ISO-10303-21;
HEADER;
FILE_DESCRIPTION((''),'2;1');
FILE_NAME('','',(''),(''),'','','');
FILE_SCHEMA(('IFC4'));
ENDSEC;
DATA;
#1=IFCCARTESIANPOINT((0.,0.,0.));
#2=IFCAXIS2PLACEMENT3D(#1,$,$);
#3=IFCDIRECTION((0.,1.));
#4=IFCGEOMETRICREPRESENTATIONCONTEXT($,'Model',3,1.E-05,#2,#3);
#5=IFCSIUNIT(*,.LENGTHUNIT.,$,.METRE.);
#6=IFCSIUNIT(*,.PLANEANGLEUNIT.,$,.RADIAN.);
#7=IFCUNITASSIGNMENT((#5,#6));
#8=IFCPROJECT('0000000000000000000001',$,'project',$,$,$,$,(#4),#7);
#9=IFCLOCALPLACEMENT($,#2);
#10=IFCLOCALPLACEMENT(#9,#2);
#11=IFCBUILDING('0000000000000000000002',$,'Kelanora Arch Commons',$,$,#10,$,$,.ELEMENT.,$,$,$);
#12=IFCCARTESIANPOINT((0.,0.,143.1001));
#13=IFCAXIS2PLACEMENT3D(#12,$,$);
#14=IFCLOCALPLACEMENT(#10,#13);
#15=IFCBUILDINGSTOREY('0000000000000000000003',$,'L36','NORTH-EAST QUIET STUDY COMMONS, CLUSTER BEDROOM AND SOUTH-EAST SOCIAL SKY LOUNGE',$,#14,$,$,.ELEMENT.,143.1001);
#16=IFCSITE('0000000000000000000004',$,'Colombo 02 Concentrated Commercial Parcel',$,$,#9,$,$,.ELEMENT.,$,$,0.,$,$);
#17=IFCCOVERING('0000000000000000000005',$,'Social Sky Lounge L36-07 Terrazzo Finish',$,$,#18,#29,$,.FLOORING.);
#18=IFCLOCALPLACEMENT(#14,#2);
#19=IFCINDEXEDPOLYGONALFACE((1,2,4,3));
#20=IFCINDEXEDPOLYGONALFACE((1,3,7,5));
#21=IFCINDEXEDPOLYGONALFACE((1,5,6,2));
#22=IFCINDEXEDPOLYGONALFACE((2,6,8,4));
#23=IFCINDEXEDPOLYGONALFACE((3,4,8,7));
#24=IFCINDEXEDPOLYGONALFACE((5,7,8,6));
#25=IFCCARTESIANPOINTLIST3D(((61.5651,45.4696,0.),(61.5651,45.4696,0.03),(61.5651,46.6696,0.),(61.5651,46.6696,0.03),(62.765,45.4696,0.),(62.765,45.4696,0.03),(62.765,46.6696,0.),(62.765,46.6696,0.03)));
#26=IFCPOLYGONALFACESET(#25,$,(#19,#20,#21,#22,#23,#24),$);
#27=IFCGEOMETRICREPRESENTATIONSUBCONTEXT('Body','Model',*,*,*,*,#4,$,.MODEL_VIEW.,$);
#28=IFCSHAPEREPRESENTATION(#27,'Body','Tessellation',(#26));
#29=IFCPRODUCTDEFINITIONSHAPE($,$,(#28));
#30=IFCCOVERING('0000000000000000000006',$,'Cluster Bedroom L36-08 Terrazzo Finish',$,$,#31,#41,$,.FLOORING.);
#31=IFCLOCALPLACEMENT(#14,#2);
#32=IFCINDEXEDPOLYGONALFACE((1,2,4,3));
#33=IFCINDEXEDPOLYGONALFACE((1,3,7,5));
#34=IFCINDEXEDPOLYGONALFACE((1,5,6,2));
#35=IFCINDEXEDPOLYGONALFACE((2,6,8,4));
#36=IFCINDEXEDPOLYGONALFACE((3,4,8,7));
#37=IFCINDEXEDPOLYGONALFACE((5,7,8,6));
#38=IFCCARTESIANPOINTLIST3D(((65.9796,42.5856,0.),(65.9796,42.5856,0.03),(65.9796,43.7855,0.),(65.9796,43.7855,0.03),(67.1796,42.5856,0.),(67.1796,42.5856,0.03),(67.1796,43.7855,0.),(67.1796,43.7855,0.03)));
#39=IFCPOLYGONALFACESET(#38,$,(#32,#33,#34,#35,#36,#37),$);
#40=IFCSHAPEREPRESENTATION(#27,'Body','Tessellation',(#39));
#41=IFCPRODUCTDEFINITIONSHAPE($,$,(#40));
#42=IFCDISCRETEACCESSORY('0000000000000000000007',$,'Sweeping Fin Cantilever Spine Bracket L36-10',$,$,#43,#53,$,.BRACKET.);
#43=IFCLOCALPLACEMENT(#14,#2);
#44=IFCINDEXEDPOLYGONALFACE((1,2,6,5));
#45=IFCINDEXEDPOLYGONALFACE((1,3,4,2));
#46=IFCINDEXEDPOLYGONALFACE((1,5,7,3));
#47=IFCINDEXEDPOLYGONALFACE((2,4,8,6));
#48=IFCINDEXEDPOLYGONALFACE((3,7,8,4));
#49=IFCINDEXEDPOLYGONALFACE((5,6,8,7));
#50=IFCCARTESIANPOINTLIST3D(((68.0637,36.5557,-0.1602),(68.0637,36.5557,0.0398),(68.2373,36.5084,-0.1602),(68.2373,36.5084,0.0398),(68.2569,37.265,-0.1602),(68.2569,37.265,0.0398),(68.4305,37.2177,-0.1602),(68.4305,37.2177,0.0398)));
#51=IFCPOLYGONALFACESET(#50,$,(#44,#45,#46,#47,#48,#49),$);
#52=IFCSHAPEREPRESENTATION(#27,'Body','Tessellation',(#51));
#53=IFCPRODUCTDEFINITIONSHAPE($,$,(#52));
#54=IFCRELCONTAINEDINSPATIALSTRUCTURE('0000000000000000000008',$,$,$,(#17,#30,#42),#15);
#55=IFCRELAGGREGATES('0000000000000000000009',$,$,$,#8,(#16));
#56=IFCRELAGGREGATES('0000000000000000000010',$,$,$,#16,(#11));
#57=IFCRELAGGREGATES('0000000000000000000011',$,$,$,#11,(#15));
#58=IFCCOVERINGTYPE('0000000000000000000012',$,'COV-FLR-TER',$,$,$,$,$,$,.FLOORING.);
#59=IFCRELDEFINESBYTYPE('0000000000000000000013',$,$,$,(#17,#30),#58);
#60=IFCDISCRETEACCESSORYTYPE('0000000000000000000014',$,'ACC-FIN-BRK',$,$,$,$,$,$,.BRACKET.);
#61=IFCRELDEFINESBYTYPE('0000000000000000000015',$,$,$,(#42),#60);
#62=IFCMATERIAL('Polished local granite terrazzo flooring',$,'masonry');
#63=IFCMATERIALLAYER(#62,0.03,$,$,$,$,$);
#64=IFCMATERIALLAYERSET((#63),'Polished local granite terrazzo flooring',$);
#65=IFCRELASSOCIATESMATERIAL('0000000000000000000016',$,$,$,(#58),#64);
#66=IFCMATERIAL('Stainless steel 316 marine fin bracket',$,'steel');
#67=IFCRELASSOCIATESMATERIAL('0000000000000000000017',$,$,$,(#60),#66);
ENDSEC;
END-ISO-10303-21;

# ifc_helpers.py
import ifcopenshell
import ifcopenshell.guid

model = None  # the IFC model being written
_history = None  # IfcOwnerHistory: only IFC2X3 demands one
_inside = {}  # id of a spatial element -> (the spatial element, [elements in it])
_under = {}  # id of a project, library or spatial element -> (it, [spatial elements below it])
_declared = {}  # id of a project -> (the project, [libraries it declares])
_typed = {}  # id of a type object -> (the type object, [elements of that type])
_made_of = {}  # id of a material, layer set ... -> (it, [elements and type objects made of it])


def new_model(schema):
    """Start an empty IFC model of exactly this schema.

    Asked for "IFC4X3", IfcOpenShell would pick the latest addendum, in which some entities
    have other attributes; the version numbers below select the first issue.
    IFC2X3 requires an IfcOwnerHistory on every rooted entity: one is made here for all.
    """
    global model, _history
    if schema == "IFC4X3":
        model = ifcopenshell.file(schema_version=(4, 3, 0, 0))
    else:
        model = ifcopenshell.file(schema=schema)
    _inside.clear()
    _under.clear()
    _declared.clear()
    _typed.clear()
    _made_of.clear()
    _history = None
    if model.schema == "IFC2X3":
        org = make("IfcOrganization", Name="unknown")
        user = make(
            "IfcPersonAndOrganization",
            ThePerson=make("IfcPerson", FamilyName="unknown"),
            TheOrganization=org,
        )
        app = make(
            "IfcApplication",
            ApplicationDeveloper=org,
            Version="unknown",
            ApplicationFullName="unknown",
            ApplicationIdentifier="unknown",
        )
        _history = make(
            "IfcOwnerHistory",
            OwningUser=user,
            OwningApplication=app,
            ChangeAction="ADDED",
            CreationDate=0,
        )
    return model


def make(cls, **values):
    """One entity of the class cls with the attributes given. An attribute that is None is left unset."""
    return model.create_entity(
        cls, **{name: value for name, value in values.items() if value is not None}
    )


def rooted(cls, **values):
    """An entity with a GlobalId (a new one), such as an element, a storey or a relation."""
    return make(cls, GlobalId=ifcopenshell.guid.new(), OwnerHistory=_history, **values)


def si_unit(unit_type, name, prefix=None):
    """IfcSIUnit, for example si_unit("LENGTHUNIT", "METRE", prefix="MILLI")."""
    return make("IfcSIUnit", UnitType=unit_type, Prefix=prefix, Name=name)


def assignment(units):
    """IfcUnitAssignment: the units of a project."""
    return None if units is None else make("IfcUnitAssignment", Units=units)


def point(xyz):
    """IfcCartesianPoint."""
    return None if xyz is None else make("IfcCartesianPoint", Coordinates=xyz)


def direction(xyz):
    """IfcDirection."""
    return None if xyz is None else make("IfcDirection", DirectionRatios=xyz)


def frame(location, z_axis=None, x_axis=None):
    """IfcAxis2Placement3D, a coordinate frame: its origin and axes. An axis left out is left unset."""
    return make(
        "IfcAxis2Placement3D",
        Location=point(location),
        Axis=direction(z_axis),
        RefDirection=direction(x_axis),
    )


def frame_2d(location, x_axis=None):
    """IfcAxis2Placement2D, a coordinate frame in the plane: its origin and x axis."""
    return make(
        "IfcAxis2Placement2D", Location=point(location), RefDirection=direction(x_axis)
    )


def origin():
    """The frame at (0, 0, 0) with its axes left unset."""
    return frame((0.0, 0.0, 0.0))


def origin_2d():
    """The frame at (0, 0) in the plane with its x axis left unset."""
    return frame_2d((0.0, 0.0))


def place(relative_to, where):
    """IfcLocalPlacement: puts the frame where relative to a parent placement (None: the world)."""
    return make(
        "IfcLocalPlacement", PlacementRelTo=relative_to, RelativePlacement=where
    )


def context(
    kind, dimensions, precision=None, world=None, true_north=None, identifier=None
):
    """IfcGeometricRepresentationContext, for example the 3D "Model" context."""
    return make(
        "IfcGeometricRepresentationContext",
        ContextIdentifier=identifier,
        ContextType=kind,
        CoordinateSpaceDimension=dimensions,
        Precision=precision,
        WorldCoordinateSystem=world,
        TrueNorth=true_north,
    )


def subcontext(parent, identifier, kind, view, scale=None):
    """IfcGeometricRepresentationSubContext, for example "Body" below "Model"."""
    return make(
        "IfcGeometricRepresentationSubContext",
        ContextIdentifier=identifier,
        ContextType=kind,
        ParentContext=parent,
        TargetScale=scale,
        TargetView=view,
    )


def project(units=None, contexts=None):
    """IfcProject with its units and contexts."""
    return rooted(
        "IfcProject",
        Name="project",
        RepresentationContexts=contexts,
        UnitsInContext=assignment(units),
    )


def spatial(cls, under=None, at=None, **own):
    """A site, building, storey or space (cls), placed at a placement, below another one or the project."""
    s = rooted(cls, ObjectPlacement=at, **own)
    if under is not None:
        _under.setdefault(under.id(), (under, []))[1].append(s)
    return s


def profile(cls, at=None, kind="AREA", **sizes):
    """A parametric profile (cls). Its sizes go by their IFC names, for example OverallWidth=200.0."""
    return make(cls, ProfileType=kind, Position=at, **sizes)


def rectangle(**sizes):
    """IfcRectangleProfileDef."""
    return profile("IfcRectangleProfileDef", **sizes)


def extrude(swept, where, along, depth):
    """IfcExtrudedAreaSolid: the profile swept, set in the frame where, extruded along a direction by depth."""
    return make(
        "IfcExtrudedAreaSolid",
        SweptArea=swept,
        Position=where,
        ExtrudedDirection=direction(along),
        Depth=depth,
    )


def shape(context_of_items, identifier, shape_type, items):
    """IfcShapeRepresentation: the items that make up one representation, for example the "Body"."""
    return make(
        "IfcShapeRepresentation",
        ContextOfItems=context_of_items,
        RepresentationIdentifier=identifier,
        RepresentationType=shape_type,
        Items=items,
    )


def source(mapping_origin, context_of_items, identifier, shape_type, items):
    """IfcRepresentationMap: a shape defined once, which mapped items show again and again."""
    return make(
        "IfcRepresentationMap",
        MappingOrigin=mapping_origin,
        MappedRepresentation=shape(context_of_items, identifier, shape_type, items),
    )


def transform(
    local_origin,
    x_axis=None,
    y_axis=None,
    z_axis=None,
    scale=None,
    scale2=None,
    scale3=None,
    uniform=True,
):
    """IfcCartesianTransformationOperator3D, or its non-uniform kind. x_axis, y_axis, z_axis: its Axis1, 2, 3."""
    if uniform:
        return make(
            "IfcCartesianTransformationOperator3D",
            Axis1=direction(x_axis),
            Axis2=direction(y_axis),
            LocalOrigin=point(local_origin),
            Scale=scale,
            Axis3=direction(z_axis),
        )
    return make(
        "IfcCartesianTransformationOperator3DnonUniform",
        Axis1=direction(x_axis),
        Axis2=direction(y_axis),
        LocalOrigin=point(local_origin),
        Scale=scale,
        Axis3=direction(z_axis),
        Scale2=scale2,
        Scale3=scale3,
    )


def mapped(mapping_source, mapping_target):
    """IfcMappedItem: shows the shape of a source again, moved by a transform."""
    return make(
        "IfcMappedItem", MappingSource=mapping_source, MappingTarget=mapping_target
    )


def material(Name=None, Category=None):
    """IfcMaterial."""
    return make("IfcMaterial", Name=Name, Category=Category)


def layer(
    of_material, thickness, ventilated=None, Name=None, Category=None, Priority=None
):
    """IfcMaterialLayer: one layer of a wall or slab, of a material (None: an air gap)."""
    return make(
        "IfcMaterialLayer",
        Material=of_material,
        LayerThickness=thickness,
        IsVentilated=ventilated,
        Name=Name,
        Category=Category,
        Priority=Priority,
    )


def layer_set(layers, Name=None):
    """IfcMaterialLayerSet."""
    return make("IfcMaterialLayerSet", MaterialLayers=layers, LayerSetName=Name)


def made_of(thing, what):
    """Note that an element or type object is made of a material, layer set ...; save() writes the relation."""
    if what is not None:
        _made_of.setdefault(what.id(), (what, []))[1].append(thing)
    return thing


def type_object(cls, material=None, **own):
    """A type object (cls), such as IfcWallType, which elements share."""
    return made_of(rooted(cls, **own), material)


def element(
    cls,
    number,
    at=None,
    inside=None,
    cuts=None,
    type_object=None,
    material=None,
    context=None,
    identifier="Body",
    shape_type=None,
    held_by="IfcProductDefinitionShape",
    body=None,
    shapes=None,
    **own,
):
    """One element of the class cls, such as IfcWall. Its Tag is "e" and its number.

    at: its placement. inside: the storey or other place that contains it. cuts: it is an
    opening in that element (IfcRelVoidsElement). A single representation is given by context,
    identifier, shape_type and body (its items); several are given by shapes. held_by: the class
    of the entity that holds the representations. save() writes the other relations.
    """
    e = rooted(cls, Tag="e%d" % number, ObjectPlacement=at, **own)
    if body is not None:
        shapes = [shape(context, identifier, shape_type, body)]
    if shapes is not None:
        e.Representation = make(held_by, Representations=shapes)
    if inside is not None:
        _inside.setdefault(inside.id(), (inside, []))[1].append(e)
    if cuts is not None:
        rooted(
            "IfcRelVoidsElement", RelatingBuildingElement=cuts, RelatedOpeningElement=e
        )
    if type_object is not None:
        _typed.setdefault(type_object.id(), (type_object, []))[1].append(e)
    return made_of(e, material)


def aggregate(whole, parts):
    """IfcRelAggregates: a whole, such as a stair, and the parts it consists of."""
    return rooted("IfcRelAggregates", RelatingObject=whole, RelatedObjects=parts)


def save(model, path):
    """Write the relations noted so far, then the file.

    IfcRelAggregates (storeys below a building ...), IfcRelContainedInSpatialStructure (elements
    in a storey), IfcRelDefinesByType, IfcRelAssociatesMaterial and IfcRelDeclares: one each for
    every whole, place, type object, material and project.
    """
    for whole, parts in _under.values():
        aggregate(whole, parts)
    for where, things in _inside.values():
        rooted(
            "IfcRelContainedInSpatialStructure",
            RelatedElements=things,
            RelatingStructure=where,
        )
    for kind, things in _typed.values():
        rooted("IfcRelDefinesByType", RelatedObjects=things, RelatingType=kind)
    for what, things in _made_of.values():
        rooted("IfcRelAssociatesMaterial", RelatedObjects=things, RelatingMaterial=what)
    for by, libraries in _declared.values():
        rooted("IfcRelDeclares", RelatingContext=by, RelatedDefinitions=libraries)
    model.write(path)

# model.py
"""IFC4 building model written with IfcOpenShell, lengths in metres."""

from ifc_helpers import new_model, si_unit, direction, frame, origin, origin_2d, place, context, subcontext, project, spatial, rectangle, extrude, source, transform, mapped, material, layer, layer_set, type_object, element, save


model = new_model("IFC4")

# Units and contexts
model_context = context("Model", 3, precision=1e-05, world=origin(), true_north=direction((0.0, 1.0)))
body_context = subcontext(model_context, "Body", "Model", "MODEL_VIEW")
ifc_project = project(units=[si_unit("LENGTHUNIT", "METRE"), si_unit("PLANEANGLEUNIT", "RADIAN")], contexts=[model_context])

# Site, building, storey
site_placement = place(None, origin())
site = spatial("IfcSite", under=ifc_project, at=site_placement, Name="Colombo 02 Concentrated Commercial Parcel", CompositionType="ELEMENT", RefElevation=0.0)
building_placement = place(site_placement, origin())
building = spatial("IfcBuilding", under=site, at=building_placement, Name="Kelanora Arch Commons", CompositionType="ELEMENT")
storey_placement = place(building_placement, frame((0.0, 0.0, 143.1001)))
storey = spatial("IfcBuildingStorey", under=building, at=storey_placement, Name="L36", Description="NORTH-EAST QUIET STUDY COMMONS, CLUSTER BEDROOM AND SOUTH-EAST SOCIAL SKY LOUNGE", CompositionType="ELEMENT", Elevation=143.1001)

# Coverings
ifc_material_1 = material(Name="Polished local granite terrazzo flooring", Category="masonry")
ifc_layer_1 = layer(ifc_material_1, 0.03)
ifc_layer_set_1 = layer_set([ifc_layer_1], Name="Polished local granite terrazzo flooring")
covering_type = type_object("IfcCoveringType", Name="COV-FLR-TER", PredefinedType="FLOORING", material=ifc_layer_set_1)
shared_shape_1 = source(origin(), body_context, "Body", "SweptSolid", [
    extrude(rectangle(XDim=1.2, YDim=1.2, at=origin_2d()), origin(), (0.0, 0.0, 1.0), 0.03),
])
for number, where, z_axis, x_axis, name in (
    (1, (62.165, 46.0696, 0.0), (0.0, 0.0, 1.0), (1.0, 0.0, 0.0), "Social Sky Lounge L36-07 Terrazzo Finish"),
    (2, (66.5796, 43.1855, 0.0), (0.0, 0.0, 1.0), (1.0, 0.0, 0.0), "Cluster Bedroom L36-08 Terrazzo Finish"),
):
    element("IfcCovering", number, at=place(storey_placement, frame(where, z_axis=z_axis, x_axis=x_axis)), inside=storey, type_object=covering_type, Name=name, PredefinedType="FLOORING", context=body_context, shape_type="MappedRepresentation", body=[
        mapped(shared_shape_1, transform((0.0, 0.0, 0.0), scale=1.0)),
    ])

# Discrete accessory
ifc_material_2 = material(Name="Stainless steel 316 marine fin bracket", Category="steel")
discrete_accessory_type = type_object("IfcDiscreteAccessoryType", Name="ACC-FIN-BRK", PredefinedType="BRACKET", material=ifc_material_2)
shared_shape_2 = source(origin(), body_context, "Body", "SweptSolid", [
    extrude(rectangle(XDim=0.7351, YDim=0.1799, at=origin_2d()), origin(), (0.0, 0.0, 1.0), 0.2),
])
discrete_accessory_placement = place(storey_placement, frame((68.2471, 36.8867, -0.1602), z_axis=(0.0, 0.0, 1.0), x_axis=(-0.262863, -0.964833, 0.0)))
element("IfcDiscreteAccessory", 3, at=discrete_accessory_placement, inside=storey, type_object=discrete_accessory_type, Name="Sweeping Fin Cantilever Spine Bracket L36-10", PredefinedType="BRACKET", context=body_context, shape_type="MappedRepresentation", body=[
    mapped(shared_shape_2, transform((0.0, 0.0, 0.0), scale=1.0)),
])

save(model, "model.ifc")
